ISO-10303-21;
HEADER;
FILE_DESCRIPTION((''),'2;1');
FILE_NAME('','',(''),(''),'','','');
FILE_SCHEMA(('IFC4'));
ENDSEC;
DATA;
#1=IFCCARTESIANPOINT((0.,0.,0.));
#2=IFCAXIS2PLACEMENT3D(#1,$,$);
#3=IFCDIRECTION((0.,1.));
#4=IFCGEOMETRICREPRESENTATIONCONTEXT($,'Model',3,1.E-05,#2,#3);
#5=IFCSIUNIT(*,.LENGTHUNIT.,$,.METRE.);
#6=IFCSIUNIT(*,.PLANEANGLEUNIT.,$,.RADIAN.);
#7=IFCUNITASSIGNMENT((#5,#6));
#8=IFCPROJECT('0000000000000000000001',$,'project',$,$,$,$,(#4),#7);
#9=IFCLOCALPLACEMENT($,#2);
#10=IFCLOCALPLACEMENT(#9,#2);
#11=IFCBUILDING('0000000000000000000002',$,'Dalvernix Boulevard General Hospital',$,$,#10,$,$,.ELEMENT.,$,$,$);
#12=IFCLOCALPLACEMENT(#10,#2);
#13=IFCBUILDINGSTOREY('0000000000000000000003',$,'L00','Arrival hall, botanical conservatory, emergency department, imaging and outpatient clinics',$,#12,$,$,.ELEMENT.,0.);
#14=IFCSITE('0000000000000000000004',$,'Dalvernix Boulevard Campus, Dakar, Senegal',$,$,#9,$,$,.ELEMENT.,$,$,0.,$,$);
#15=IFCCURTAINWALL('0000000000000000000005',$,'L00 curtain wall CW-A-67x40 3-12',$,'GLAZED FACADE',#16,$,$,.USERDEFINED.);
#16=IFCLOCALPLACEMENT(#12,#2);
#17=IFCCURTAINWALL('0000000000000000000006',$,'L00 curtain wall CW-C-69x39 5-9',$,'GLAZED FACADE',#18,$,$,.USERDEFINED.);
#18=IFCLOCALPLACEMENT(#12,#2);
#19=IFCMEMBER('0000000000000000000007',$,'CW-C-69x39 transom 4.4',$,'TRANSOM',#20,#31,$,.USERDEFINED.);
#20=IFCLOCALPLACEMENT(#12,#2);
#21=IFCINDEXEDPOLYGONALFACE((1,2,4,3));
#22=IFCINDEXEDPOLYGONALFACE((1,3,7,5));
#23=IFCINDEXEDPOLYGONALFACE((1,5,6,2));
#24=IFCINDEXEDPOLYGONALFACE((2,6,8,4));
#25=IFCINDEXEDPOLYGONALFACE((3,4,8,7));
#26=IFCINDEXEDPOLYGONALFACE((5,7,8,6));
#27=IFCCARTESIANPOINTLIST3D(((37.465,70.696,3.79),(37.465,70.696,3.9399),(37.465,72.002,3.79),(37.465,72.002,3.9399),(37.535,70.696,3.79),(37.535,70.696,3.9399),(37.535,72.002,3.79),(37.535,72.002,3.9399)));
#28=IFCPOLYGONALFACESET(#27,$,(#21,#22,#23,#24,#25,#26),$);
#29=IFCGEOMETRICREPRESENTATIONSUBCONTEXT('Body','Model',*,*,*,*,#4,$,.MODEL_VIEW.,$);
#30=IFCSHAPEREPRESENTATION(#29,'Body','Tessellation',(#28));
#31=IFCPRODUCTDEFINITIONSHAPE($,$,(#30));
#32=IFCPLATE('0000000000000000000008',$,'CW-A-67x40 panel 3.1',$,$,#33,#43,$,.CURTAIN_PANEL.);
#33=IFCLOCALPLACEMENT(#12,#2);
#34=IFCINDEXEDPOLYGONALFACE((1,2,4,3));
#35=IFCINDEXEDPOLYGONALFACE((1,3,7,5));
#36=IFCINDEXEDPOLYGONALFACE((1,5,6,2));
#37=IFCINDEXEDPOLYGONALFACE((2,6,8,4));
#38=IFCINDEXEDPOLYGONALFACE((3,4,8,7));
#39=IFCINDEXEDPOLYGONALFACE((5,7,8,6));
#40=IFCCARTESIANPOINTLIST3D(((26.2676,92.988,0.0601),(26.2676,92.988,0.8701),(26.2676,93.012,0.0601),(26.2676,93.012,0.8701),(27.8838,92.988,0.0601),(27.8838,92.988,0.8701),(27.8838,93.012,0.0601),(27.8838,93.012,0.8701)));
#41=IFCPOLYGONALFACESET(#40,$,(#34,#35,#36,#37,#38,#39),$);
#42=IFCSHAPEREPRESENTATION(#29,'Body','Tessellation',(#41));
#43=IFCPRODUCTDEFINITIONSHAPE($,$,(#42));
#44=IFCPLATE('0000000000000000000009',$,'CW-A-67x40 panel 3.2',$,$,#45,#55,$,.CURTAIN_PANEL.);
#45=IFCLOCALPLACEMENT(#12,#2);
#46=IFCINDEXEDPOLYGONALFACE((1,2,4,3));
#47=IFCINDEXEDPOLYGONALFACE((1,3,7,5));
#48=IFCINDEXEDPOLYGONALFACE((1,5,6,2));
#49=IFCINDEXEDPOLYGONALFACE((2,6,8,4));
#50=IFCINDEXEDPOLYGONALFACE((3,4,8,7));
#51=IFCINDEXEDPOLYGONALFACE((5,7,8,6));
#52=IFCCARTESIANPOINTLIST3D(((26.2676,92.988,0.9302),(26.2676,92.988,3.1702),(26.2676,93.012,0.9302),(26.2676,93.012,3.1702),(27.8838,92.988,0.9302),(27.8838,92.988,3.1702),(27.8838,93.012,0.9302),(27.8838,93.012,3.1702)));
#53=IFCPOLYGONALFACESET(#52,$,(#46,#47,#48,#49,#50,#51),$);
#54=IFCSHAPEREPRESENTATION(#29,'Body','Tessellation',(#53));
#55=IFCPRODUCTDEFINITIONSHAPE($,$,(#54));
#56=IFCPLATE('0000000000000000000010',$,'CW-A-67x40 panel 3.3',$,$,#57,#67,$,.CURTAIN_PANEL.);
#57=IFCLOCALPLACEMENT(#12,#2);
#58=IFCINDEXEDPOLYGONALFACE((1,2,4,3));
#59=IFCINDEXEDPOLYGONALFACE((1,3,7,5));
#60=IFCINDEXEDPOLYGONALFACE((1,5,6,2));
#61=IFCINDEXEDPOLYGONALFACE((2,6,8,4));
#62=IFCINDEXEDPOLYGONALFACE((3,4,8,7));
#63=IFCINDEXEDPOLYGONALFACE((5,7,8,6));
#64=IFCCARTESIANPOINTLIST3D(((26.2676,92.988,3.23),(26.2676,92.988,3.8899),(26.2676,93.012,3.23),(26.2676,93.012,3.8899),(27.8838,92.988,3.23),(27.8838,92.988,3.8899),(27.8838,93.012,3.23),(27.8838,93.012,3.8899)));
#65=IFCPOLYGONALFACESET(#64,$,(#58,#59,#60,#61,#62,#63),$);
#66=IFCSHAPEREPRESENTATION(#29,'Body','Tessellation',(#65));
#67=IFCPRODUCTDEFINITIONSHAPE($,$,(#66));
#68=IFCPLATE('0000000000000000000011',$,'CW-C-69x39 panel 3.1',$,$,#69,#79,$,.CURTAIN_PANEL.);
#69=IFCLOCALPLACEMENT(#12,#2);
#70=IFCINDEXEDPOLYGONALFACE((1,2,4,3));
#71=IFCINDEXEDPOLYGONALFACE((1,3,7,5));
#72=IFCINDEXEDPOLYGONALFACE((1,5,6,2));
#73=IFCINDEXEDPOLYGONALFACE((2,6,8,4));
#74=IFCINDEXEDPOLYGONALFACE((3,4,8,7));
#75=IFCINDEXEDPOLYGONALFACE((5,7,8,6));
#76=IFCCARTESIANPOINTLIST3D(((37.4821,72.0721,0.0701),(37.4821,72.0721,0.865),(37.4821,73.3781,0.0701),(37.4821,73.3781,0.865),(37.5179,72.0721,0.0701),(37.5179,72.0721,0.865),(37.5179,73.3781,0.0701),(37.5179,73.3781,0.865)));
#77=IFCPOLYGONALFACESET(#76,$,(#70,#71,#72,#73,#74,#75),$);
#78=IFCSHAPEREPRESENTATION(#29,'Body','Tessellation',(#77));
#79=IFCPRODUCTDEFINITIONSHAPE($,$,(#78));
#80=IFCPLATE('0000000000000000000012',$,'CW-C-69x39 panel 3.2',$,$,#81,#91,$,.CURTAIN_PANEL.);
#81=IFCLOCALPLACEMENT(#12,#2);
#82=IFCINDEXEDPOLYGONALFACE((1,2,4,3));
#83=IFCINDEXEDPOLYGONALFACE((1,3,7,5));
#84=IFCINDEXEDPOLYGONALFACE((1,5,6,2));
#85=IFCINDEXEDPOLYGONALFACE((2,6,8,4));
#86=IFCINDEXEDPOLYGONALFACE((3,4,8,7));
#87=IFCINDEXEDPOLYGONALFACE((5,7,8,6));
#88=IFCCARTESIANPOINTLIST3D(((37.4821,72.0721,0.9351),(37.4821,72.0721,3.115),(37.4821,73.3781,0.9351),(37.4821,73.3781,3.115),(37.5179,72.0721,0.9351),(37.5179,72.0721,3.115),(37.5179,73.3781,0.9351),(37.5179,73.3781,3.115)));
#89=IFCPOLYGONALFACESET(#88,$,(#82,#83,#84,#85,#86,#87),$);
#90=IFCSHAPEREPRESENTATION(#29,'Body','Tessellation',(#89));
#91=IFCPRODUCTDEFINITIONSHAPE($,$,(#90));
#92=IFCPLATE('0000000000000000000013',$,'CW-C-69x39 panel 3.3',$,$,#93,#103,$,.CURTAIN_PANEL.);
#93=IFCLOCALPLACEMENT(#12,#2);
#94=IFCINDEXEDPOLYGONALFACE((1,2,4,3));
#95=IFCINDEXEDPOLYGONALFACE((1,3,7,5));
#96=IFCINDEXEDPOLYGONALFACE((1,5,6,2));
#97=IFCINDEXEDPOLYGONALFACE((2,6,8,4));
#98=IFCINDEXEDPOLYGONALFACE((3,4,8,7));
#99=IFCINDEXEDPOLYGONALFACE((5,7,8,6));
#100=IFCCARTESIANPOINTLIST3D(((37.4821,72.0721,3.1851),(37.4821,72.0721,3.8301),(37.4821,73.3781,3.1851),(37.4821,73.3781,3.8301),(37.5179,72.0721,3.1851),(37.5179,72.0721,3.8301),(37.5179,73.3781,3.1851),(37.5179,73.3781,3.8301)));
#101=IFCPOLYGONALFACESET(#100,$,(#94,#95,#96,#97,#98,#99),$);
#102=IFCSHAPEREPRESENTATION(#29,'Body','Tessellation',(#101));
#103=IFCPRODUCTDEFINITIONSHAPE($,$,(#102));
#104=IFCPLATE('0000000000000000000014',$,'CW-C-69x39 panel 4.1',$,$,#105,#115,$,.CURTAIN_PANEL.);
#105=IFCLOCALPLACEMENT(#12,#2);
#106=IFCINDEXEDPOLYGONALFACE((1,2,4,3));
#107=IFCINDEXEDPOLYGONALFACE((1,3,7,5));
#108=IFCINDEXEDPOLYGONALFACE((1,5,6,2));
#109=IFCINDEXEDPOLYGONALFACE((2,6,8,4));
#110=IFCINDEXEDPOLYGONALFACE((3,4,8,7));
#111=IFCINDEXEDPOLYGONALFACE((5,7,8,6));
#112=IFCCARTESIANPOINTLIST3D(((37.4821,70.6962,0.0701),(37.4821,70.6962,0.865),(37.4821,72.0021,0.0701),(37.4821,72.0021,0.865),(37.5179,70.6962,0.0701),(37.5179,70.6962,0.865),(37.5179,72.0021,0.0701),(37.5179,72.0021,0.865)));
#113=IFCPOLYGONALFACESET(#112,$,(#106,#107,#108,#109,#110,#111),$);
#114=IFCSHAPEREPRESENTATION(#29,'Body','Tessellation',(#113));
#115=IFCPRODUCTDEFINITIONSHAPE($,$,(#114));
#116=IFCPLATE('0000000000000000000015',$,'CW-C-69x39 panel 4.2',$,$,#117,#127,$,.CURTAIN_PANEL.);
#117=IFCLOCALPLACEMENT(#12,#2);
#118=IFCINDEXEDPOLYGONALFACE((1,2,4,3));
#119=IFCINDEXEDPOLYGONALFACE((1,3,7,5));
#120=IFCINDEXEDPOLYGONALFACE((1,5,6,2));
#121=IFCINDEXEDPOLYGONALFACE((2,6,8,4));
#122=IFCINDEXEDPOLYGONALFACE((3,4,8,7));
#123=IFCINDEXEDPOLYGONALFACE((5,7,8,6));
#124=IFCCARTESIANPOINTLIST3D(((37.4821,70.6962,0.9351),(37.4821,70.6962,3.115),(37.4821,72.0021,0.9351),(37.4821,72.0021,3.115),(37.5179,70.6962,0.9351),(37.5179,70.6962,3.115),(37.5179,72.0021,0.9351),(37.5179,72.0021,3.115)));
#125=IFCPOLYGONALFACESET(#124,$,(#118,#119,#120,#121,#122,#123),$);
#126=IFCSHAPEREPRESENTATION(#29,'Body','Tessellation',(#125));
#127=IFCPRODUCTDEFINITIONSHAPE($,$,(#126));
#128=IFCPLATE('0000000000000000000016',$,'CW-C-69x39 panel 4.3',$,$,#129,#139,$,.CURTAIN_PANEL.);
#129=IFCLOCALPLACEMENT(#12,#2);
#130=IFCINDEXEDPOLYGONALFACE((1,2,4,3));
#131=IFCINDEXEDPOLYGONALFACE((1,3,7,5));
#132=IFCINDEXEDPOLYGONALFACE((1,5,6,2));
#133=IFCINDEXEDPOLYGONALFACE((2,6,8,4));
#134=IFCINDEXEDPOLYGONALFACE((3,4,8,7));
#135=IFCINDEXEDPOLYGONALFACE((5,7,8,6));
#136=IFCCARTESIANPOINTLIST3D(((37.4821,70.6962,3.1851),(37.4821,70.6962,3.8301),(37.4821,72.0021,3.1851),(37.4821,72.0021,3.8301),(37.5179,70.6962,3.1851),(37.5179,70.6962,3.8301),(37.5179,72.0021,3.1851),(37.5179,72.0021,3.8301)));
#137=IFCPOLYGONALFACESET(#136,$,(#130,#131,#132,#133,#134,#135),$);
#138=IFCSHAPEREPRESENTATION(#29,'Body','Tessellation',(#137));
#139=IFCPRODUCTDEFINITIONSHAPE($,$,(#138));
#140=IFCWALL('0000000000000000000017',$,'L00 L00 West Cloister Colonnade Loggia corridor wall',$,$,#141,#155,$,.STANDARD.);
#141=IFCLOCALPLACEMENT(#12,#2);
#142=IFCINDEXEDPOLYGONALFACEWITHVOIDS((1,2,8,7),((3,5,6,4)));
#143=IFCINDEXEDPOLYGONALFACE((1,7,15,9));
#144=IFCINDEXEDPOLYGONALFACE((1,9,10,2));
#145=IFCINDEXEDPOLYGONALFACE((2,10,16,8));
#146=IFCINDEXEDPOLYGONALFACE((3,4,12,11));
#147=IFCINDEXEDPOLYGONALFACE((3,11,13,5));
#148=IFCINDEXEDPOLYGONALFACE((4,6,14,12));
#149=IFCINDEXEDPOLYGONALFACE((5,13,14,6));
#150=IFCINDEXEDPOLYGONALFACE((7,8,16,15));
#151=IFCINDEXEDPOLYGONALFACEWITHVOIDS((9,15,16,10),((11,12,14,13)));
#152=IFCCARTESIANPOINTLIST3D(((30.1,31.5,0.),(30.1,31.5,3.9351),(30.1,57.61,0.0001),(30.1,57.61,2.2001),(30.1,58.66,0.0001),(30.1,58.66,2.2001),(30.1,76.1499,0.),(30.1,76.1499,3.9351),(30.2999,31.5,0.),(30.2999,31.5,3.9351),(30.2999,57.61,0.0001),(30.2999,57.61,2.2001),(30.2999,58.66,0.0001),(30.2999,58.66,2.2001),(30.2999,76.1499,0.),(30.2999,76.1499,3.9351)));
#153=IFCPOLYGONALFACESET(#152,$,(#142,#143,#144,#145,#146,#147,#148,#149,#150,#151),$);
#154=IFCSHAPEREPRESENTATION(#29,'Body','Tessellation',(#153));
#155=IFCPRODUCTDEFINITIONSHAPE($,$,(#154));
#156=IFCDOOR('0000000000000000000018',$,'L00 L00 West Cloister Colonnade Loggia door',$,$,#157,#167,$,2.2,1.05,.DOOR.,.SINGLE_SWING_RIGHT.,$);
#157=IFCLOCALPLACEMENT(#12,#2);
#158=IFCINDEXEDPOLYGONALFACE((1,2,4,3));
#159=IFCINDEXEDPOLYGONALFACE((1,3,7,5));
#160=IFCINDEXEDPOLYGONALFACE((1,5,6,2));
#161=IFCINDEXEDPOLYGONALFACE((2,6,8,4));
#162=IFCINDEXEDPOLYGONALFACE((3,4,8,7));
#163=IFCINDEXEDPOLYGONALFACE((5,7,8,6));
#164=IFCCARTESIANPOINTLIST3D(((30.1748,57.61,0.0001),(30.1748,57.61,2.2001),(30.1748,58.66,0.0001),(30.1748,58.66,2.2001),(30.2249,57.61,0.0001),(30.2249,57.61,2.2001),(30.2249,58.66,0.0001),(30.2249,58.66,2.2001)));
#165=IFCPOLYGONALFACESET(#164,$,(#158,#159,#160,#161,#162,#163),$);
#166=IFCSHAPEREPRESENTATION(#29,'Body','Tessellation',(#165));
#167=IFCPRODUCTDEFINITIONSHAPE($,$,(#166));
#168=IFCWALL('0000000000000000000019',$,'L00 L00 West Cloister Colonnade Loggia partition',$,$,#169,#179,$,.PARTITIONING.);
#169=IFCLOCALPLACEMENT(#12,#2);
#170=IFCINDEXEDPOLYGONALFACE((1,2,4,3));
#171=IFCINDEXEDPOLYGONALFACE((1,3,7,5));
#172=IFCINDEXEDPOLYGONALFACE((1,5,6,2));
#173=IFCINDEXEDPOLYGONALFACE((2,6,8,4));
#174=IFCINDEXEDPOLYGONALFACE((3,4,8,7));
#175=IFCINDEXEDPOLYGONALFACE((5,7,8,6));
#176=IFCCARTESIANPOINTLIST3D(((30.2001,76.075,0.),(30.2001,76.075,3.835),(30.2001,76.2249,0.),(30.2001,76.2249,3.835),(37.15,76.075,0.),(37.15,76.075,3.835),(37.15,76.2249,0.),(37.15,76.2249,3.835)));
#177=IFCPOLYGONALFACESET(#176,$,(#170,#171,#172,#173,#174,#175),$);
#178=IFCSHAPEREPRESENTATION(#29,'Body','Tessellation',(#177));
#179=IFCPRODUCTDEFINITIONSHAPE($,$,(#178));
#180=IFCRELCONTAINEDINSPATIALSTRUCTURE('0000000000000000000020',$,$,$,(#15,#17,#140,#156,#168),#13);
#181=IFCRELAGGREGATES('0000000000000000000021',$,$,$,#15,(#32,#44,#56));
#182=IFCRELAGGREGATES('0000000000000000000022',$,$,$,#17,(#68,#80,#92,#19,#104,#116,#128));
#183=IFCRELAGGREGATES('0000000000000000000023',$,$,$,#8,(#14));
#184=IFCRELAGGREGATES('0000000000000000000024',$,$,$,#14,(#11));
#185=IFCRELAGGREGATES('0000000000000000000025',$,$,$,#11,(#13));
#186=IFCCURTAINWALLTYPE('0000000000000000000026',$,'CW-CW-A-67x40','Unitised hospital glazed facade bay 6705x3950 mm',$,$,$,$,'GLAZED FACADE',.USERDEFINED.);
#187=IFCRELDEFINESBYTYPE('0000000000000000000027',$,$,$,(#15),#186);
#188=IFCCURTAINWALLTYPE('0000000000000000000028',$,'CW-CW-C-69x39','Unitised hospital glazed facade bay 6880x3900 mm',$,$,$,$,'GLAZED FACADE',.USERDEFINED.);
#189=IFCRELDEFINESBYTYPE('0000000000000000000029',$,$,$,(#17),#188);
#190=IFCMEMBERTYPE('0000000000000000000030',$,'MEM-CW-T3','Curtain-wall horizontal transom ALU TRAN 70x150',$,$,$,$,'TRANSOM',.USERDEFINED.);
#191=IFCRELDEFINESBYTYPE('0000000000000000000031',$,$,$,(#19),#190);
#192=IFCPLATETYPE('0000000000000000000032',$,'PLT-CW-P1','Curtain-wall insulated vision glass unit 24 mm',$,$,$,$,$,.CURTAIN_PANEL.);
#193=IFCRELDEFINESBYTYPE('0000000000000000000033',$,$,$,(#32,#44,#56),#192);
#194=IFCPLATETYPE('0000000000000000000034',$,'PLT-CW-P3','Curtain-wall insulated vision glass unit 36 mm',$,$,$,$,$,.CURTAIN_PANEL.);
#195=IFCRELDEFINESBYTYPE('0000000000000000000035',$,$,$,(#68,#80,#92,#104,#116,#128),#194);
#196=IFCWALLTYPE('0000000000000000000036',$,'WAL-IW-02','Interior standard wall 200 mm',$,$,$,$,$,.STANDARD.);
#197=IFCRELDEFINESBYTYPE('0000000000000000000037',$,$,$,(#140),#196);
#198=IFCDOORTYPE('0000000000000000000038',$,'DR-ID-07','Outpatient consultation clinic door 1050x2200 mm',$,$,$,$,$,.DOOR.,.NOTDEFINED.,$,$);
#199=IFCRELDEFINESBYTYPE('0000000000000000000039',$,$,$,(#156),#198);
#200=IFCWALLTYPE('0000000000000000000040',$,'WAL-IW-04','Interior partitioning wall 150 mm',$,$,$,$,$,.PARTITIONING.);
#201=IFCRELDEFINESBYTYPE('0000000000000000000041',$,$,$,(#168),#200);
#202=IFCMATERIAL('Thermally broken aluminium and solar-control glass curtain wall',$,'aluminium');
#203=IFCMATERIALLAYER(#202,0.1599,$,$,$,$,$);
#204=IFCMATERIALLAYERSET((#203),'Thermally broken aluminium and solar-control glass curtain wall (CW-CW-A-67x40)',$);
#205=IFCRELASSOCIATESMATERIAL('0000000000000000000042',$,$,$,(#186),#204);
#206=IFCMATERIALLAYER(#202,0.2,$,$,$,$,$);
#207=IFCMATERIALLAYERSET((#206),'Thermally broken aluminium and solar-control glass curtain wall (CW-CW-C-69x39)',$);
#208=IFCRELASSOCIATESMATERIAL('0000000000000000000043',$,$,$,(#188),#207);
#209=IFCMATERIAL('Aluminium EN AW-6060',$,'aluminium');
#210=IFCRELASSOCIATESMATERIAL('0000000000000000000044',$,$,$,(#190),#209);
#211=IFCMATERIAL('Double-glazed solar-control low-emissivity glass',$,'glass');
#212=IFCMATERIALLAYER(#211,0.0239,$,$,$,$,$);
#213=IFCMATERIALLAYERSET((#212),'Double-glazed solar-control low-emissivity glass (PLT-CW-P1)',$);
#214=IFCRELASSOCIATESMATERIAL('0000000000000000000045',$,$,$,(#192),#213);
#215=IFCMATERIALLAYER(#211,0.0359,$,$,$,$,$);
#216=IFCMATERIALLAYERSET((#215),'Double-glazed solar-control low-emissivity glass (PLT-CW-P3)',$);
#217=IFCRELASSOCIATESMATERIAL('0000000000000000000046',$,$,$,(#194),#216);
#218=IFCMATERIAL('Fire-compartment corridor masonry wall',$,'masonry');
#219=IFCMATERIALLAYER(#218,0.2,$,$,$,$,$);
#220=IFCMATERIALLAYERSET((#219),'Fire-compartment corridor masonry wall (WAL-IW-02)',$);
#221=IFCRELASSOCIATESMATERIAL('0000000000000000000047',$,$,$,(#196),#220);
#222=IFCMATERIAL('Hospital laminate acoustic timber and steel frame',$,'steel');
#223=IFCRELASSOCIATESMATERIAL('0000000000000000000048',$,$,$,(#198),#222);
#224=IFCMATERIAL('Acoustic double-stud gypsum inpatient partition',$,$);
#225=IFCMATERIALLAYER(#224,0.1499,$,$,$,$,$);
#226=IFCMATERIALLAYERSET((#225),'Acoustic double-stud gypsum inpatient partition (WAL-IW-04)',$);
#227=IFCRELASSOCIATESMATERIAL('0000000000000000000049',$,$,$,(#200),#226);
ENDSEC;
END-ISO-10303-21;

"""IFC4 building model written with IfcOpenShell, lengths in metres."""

from ifc_helpers import new_model, si_unit, direction, frame, frame_2d, origin, origin_2d, place, context, subcontext, project, spatial, rectangle, extrude, material, layer, layer_set, material_profile, profile_set, type_object, element, fill, aggregate, save


model = new_model("IFC4")

# Units and contexts
model_context = context("Model", 3, precision=1e-05, world=origin(), true_north=direction((0.0, 1.0)))
body_context = subcontext(model_context, "Body", "Model", "MODEL_VIEW")
ifc_project = project(units=[si_unit("LENGTHUNIT", "METRE"), si_unit("PLANEANGLEUNIT", "RADIAN")], contexts=[model_context])

# Site, building, storey
site_placement = place(None, origin())
site = spatial("IfcSite", under=ifc_project, at=site_placement, Name="Dalvernix Boulevard Campus, Dakar, Senegal", CompositionType="ELEMENT", RefElevation=0.0)
building_placement = place(site_placement, origin())
building = spatial("IfcBuilding", under=site, at=building_placement, Name="Dalvernix Boulevard General Hospital", CompositionType="ELEMENT")
storey_placement = place(building_placement, origin())
storey = spatial("IfcBuildingStorey", under=building, at=storey_placement, Name="L00", Description="Arrival hall, botanical conservatory, emergency department, imaging and outpatient clinics", CompositionType="ELEMENT", Elevation=0.0)

# Curtain wall
ifc_material_1 = material(Name="Thermally broken aluminium and solar-control glass curtain wall", Category="aluminium")
ifc_layer_1 = layer(ifc_material_1, 0.1599)
ifc_layer_set_1 = layer_set([ifc_layer_1], Name="Thermally broken aluminium and solar-control glass curtain wall (CW-CW-A-67x40)")
curtain_wall_type_1 = type_object("IfcCurtainWallType", Name="CW-CW-A-67x40", Description="Unitised hospital glazed facade bay 6705x3950 mm", ElementType="GLAZED FACADE", PredefinedType="USERDEFINED", material=ifc_layer_set_1)
curtain_wall_1_placement = place(storey_placement, origin())
curtain_wall_1 = element("IfcCurtainWall", 1, at=curtain_wall_1_placement, inside=storey, type_object=curtain_wall_type_1, Name="L00 curtain wall CW-A-67x40 3-12", ObjectType="GLAZED FACADE", PredefinedType="USERDEFINED")
ifc_material_2 = material(Name="Aluminium EN AW-6060", Category="aluminium")

# Curtain wall
ifc_layer_2 = layer(ifc_material_1, 0.2)
ifc_layer_set_2 = layer_set([ifc_layer_2], Name="Thermally broken aluminium and solar-control glass curtain wall (CW-CW-C-69x39)")
curtain_wall_type_2 = type_object("IfcCurtainWallType", Name="CW-CW-C-69x39", Description="Unitised hospital glazed facade bay 6880x3900 mm", ElementType="GLAZED FACADE", PredefinedType="USERDEFINED", material=ifc_layer_set_2)
curtain_wall_2_placement = place(storey_placement, origin())
curtain_wall_2 = element("IfcCurtainWall", 2, at=curtain_wall_2_placement, inside=storey, type_object=curtain_wall_type_2, Name="L00 curtain wall CW-C-69x39 5-9", ObjectType="GLAZED FACADE", PredefinedType="USERDEFINED")

# Member
ifc_material_profile_1 = material_profile(ifc_material_2, rectangle(XDim=0.0701, YDim=0.1499, at=origin_2d()), Name="ALU TRAN 70x150")
ifc_profile_set_1 = profile_set([ifc_material_profile_1], Name="Aluminium EN AW-6060")
member_type_1 = type_object("IfcMemberType", Name="MEM-CW-T3", Description="Curtain-wall horizontal transom ALU TRAN 70x150", ElementType="TRANSOM", PredefinedType="USERDEFINED", material=ifc_profile_set_1)
member_1_placement = place(storey_placement, frame((37.5, 72.002, 3.865), z_axis=(0.0, -1.0, 0.0), x_axis=(1.0, 0.0, 0.0)))
member_1 = element("IfcMember", 3, at=member_1_placement, type_object=member_type_1, Name="CW-C-69x39 transom 4.4", ObjectType="TRANSOM", PredefinedType="USERDEFINED", context=body_context, shape_type="SweptSolid", body=[
    extrude(rectangle(XDim=0.0701, YDim=0.1499, at=origin_2d()), origin(), (0.0, 0.0, 1.0), 1.3059),
])

# Plates
ifc_material_3 = material(Name="Double-glazed solar-control low-emissivity glass", Category="glass")
ifc_layer_3 = layer(ifc_material_3, 0.0239)
ifc_layer_set_3 = layer_set([ifc_layer_3], Name="Double-glazed solar-control low-emissivity glass (PLT-CW-P1)")
plate_type_1 = type_object("IfcPlateType", Name="PLT-CW-P1", Description="Curtain-wall insulated vision glass unit 24 mm", PredefinedType="CURTAIN_PANEL", material=ifc_layer_set_3)
plate_1_placement = place(storey_placement, frame((27.0757, 93.0, 0.0601), z_axis=(0.0, 0.0, 1.0), x_axis=(1.0, 0.0, 0.0)))
plate_1 = element("IfcPlate", 4, at=plate_1_placement, type_object=plate_type_1, Name="CW-A-67x40 panel 3.1", PredefinedType="CURTAIN_PANEL", context=body_context, shape_type="SweptSolid", body=[
    extrude(rectangle(XDim=1.6162, YDim=0.0239, at=origin_2d()), origin(), (0.0, 0.0, 1.0), 0.8101),
])
plate_2_placement = place(storey_placement, frame((27.0757, 93.0, 0.9302), z_axis=(0.0, 0.0, 1.0), x_axis=(1.0, 0.0, 0.0)))
plate_2 = element("IfcPlate", 5, at=plate_2_placement, type_object=plate_type_1, Name="CW-A-67x40 panel 3.2", PredefinedType="CURTAIN_PANEL", context=body_context, shape_type="SweptSolid", body=[
    extrude(rectangle(XDim=1.6162, YDim=0.0239, at=origin_2d()), origin(), (0.0, 0.0, 1.0), 2.24),
])
plate_3_placement = place(storey_placement, frame((27.0757, 93.0, 3.23), z_axis=(0.0, 0.0, 1.0), x_axis=(1.0, 0.0, 0.0)))
plate_3 = element("IfcPlate", 6, at=plate_3_placement, type_object=plate_type_1, Name="CW-A-67x40 panel 3.3", PredefinedType="CURTAIN_PANEL", context=body_context, shape_type="SweptSolid", body=[
    extrude(rectangle(XDim=1.6162, YDim=0.0239, at=origin_2d()), origin(), (0.0, 0.0, 1.0), 0.6599),
])
aggregate(curtain_wall_1, [plate_1, plate_2, plate_3])
ifc_layer_4 = layer(ifc_material_3, 0.0359)
ifc_layer_set_4 = layer_set([ifc_layer_4], Name="Double-glazed solar-control low-emissivity glass (PLT-CW-P3)")
plate_type_2 = type_object("IfcPlateType", Name="PLT-CW-P3", Description="Curtain-wall insulated vision glass unit 36 mm", PredefinedType="CURTAIN_PANEL", material=ifc_layer_set_4)
plate_4_placement = place(storey_placement, frame((37.5, 72.7251, 0.0701), z_axis=(0.0, 0.0, 1.0), x_axis=(0.0, -1.0, 0.0)))
plate_4 = element("IfcPlate", 7, at=plate_4_placement, type_object=plate_type_2, Name="CW-C-69x39 panel 3.1", PredefinedType="CURTAIN_PANEL", context=body_context, shape_type="SweptSolid", body=[
    extrude(rectangle(XDim=1.3059, YDim=0.0359, at=origin_2d()), origin(), (0.0, 0.0, 1.0), 0.7949),
])
plate_5_placement = place(storey_placement, frame((37.5, 72.7251, 0.9351), z_axis=(0.0, 0.0, 1.0), x_axis=(0.0, -1.0, 0.0)))
plate_5 = element("IfcPlate", 8, at=plate_5_placement, type_object=plate_type_2, Name="CW-C-69x39 panel 3.2", PredefinedType="CURTAIN_PANEL", context=body_context, shape_type="SweptSolid", body=[
    extrude(rectangle(XDim=1.3059, YDim=0.0359, at=origin_2d()), origin(), (0.0, 0.0, 1.0), 2.1799),
])
plate_6_placement = place(storey_placement, frame((37.5, 72.7251, 3.1851), z_axis=(0.0, 0.0, 1.0), x_axis=(0.0, -1.0, 0.0)))
plate_6 = element("IfcPlate", 9, at=plate_6_placement, type_object=plate_type_2, Name="CW-C-69x39 panel 3.3", PredefinedType="CURTAIN_PANEL", context=body_context, shape_type="SweptSolid", body=[
    extrude(rectangle(XDim=1.3059, YDim=0.0359, at=origin_2d()), origin(), (0.0, 0.0, 1.0), 0.645),
])
plate_7_placement = place(storey_placement, frame((37.5, 71.3491, 0.0701), z_axis=(0.0, 0.0, 1.0), x_axis=(0.0, -1.0, 0.0)))
plate_7 = element("IfcPlate", 10, at=plate_7_placement, type_object=plate_type_2, Name="CW-C-69x39 panel 4.1", PredefinedType="CURTAIN_PANEL", context=body_context, shape_type="SweptSolid", body=[
    extrude(rectangle(XDim=1.3059, YDim=0.0359, at=origin_2d()), origin(), (0.0, 0.0, 1.0), 0.7949),
])
plate_8_placement = place(storey_placement, frame((37.5, 71.3491, 0.9351), z_axis=(0.0, 0.0, 1.0), x_axis=(0.0, -1.0, 0.0)))
plate_8 = element("IfcPlate", 11, at=plate_8_placement, type_object=plate_type_2, Name="CW-C-69x39 panel 4.2", PredefinedType="CURTAIN_PANEL", context=body_context, shape_type="SweptSolid", body=[
    extrude(rectangle(XDim=1.3059, YDim=0.0359, at=origin_2d()), origin(), (0.0, 0.0, 1.0), 2.1799),
])
plate_9_placement = place(storey_placement, frame((37.5, 71.3491, 3.1851), z_axis=(0.0, 0.0, 1.0), x_axis=(0.0, -1.0, 0.0)))
plate_9 = element("IfcPlate", 12, at=plate_9_placement, type_object=plate_type_2, Name="CW-C-69x39 panel 4.3", PredefinedType="CURTAIN_PANEL", context=body_context, shape_type="SweptSolid", body=[
    extrude(rectangle(XDim=1.3059, YDim=0.0359, at=origin_2d()), origin(), (0.0, 0.0, 1.0), 0.645),
])
aggregate(curtain_wall_2, [plate_4, plate_5, plate_6, member_1, plate_7, plate_8, plate_9])

# Wall, opening, door
ifc_material_4 = material(Name="Fire-compartment corridor masonry wall", Category="masonry")
ifc_layer_5 = layer(ifc_material_4, 0.2)
ifc_layer_set_5 = layer_set([ifc_layer_5], Name="Fire-compartment corridor masonry wall (WAL-IW-02)")
wall_type_1 = type_object("IfcWallType", Name="WAL-IW-02", Description="Interior standard wall 200 mm", PredefinedType="STANDARD", material=ifc_layer_set_5)
wall_1_placement = place(storey_placement, frame((30.2, 76.1499, 0.0), z_axis=(0.0, 0.0, 1.0), x_axis=(0.0, -1.0, 0.0)))
wall_1 = element("IfcWall", 13, at=wall_1_placement, inside=storey, type_object=wall_type_1, Name="L00 L00 West Cloister Colonnade Loggia corridor wall", PredefinedType="STANDARD", context=body_context, shape_type="SweptSolid", body=[
    extrude(rectangle(XDim=44.6499, YDim=0.2, at=frame_2d((22.325, 0.0))), origin(), (0.0, 0.0, 1.0), 3.9351),
])
opening_placement = place(wall_1_placement, frame((17.49, 0.0, 0.0)))
opening = element("IfcOpeningElement", 14, at=opening_placement, cuts=wall_1, PredefinedType="OPENING", context=body_context, shape_type="SweptSolid", body=[
    extrude(rectangle(XDim=1.05, YDim=2.2, at=frame_2d((0.5249, 1.1001))), frame((0.0, 0.1099, 0.0), z_axis=(0.0, -1.0, 0.0), x_axis=(1.0, 0.0, 0.0)), (0.0, 0.0, 1.0), 0.22),
])
ifc_material_5 = material(Name="Hospital laminate acoustic timber and steel frame", Category="steel")
door_type = type_object("IfcDoorType", Name="DR-ID-07", Description="Outpatient consultation clinic door 1050x2200 mm", OperationType="NOTDEFINED", PredefinedType="DOOR", material=ifc_material_5)
door_placement = place(opening_placement, origin())
door = element("IfcDoor", 15, at=door_placement, inside=storey, type_object=door_type, Name="L00 L00 West Cloister Colonnade Loggia door", OperationType="SINGLE_SWING_RIGHT", OverallHeight=2.2, OverallWidth=1.05, PredefinedType="DOOR", context=body_context, shape_type="SweptSolid", body=[
    extrude(rectangle(XDim=1.05, YDim=2.2, at=frame_2d((0.5249, 1.1001))), frame((0.0, 0.0249, 0.0), z_axis=(0.0, -1.0, 0.0), x_axis=(1.0, 0.0, 0.0)), (0.0, 0.0, 1.0), 0.05),
])
fill(opening, door)

# Wall
ifc_material_6 = material(Name="Acoustic double-stud gypsum inpatient partition")
ifc_layer_6 = layer(ifc_material_6, 0.1499)
ifc_layer_set_6 = layer_set([ifc_layer_6], Name="Acoustic double-stud gypsum inpatient partition (WAL-IW-04)")
wall_type_2 = type_object("IfcWallType", Name="WAL-IW-04", Description="Interior partitioning wall 150 mm", PredefinedType="PARTITIONING", material=ifc_layer_set_6)
wall_2_placement = place(storey_placement, frame((30.2, 76.1499, 0.0), z_axis=(0.0, 0.0, 1.0), x_axis=(1.0, 0.0, 0.0)))
element("IfcWall", 16, at=wall_2_placement, inside=storey, type_object=wall_type_2, Name="L00 L00 West Cloister Colonnade Loggia partition", PredefinedType="PARTITIONING", context=body_context, shape_type="SweptSolid", body=[
    extrude(rectangle(XDim=6.95, YDim=0.1499, at=frame_2d((3.4751, 0.0))), origin(), (0.0, 0.0, 1.0), 3.835),
])

save(model, "model.ifc")
